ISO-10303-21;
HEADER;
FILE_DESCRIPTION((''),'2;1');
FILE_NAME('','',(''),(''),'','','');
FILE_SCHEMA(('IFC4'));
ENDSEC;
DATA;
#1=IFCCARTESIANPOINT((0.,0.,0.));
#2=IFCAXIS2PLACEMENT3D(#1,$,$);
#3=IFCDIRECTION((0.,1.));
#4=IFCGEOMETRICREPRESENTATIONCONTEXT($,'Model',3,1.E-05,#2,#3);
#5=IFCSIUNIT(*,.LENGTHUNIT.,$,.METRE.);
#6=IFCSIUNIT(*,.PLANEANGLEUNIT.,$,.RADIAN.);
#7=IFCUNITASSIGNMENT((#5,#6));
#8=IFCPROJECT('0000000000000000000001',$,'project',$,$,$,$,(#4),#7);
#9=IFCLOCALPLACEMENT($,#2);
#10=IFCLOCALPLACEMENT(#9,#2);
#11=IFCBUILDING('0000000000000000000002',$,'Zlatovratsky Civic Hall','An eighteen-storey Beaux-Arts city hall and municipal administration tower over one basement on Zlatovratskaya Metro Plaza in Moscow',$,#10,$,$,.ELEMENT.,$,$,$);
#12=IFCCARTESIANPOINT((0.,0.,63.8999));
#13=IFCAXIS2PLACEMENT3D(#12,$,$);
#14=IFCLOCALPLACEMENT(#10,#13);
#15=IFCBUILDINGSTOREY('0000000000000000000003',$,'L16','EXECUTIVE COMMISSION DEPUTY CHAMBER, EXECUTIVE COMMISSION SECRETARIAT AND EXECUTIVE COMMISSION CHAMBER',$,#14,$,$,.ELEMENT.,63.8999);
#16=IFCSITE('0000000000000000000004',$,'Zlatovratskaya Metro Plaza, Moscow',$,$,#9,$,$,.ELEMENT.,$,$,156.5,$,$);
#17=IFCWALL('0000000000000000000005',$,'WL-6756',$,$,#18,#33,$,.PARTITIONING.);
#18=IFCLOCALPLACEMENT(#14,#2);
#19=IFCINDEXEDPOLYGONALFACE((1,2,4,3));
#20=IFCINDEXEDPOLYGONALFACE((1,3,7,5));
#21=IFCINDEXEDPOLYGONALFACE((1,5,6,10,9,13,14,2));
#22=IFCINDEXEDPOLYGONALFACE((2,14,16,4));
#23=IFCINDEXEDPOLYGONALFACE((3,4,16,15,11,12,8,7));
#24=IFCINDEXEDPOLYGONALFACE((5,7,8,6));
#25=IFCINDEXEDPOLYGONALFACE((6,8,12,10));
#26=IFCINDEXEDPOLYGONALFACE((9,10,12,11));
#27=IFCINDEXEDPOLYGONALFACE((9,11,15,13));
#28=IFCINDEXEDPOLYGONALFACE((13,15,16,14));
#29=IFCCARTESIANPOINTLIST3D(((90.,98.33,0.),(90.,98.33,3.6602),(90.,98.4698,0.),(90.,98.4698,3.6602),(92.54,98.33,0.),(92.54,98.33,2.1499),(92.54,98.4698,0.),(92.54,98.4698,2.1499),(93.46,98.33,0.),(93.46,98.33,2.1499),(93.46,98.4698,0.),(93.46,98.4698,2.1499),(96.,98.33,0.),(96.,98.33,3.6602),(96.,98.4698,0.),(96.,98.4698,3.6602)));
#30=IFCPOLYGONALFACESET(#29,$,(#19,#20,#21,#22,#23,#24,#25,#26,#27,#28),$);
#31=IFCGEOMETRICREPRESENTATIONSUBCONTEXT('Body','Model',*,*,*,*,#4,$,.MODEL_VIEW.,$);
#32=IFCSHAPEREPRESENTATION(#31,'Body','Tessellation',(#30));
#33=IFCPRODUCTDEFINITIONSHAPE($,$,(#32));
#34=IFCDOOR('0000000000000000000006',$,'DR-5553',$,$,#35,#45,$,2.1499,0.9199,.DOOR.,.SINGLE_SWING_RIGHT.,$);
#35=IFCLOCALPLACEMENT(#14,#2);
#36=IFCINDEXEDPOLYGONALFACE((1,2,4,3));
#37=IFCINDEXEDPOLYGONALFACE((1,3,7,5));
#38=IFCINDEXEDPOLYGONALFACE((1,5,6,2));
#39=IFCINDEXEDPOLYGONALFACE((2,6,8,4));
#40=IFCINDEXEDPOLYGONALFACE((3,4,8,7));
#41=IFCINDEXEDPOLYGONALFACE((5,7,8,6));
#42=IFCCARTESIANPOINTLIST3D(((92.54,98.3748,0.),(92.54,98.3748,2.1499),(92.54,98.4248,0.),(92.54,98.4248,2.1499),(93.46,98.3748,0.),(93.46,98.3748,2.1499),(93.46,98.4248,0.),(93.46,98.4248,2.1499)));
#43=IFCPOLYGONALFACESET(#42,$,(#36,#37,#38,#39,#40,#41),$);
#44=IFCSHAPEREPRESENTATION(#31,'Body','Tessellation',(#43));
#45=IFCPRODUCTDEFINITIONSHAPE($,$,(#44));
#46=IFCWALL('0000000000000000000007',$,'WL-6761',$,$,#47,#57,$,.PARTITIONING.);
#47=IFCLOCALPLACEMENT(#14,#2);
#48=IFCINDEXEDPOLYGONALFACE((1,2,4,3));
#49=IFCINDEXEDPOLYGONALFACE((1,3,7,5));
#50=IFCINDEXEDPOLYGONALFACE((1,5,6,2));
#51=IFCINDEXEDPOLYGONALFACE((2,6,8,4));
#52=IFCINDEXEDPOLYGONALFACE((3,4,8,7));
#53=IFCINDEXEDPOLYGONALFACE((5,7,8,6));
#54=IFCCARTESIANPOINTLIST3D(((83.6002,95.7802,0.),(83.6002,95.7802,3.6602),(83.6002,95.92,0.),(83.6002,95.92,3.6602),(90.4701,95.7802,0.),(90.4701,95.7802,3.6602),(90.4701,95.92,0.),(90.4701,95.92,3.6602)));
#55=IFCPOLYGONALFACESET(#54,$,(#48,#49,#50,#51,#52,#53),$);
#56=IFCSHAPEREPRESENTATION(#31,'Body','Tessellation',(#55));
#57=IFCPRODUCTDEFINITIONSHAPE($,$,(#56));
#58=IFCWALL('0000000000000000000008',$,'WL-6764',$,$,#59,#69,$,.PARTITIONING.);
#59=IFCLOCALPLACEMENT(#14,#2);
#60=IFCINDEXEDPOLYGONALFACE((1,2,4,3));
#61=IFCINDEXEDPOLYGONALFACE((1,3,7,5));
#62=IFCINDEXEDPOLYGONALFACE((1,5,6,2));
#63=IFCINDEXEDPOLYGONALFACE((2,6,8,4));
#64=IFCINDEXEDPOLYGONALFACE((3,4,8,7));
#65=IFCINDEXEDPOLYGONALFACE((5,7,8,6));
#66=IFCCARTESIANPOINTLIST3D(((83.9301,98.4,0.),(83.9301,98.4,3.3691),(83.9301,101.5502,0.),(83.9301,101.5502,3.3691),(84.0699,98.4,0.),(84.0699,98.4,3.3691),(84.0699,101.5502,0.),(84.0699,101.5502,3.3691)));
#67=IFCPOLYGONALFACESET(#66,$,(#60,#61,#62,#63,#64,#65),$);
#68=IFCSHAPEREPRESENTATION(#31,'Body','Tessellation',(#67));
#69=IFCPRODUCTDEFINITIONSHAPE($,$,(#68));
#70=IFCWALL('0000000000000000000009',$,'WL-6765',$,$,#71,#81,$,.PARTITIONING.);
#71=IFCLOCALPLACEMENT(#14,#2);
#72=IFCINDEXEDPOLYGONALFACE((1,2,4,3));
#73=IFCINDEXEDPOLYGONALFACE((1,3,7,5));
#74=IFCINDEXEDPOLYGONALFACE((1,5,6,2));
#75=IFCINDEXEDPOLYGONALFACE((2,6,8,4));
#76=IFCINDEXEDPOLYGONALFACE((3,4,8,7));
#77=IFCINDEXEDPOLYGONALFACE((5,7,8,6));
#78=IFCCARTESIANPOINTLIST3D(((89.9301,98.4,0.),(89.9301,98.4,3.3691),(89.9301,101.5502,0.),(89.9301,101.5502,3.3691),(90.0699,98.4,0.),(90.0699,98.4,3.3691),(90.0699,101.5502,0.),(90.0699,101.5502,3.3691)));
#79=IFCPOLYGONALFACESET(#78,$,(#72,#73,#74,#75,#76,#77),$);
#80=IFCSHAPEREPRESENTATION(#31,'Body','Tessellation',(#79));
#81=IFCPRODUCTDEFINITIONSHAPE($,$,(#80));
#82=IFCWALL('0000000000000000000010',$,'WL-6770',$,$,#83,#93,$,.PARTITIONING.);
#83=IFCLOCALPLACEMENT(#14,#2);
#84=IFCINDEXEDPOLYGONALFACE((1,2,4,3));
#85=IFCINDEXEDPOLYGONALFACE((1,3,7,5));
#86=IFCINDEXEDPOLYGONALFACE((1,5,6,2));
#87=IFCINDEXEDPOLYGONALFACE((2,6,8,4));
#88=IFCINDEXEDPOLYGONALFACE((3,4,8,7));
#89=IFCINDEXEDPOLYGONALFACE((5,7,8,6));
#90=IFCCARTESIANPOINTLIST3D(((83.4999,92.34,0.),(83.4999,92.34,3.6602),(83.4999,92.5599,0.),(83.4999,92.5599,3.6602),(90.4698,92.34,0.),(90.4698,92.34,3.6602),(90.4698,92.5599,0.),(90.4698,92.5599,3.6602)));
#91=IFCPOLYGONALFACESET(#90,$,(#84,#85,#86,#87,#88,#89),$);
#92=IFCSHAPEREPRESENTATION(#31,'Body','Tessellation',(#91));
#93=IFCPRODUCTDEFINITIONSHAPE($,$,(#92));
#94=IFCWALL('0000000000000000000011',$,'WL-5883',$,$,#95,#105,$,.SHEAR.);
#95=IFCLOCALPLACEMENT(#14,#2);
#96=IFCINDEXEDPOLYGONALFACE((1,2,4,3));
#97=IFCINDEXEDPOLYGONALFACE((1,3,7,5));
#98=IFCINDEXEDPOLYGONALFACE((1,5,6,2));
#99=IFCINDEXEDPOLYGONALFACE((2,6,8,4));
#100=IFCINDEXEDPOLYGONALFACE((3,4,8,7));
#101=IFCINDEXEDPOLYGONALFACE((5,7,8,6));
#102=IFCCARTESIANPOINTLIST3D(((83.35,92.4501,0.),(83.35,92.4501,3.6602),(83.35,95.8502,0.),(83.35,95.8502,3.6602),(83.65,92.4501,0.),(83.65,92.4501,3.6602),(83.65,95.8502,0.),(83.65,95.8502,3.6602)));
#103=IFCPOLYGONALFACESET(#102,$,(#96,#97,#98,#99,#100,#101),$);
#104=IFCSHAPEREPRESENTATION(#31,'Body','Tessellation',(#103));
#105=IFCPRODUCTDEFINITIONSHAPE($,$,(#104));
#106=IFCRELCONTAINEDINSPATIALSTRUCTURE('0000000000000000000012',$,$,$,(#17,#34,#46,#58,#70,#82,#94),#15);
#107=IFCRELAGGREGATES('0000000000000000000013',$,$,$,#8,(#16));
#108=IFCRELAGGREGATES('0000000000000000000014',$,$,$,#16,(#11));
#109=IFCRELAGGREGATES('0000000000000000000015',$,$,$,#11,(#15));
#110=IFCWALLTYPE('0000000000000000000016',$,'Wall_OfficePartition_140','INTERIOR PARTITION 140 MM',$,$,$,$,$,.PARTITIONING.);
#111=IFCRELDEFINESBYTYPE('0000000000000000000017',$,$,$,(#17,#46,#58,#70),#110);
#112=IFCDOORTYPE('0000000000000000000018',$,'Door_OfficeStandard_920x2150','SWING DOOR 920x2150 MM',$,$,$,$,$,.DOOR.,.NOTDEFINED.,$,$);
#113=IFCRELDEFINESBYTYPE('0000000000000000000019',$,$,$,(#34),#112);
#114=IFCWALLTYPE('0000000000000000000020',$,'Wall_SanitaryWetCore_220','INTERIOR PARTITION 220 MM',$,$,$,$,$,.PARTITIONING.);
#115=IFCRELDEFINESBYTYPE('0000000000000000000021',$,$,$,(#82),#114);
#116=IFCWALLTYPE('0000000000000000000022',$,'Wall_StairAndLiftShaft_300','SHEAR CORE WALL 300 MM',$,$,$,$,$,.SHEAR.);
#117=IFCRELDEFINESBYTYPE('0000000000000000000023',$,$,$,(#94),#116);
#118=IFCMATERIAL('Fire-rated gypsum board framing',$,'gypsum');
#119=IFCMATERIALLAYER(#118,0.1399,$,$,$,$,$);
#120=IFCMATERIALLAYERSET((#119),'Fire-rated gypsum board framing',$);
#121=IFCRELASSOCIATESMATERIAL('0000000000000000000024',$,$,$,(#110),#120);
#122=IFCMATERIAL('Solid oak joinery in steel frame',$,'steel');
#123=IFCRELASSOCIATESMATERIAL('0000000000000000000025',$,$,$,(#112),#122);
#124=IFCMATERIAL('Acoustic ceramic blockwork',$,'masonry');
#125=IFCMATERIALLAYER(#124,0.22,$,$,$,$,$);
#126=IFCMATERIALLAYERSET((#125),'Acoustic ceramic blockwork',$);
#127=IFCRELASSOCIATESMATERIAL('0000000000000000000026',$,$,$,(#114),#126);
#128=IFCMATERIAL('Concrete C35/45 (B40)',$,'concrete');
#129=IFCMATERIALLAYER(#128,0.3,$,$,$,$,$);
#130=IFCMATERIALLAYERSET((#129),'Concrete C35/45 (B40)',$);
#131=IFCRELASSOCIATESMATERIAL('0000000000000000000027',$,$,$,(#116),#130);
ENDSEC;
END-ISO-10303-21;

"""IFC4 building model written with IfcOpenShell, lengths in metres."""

from ifc_helpers import new_model, si_unit, direction, frame, frame_2d, origin, place, context, subcontext, project, spatial, rectangle, extrude, material, layer, layer_set, type_object, element, fill, save


model = new_model("IFC4")

# Units and contexts
model_context = context("Model", 3, precision=1e-05, world=origin(), true_north=direction((0.0, 1.0)))
body_context = subcontext(model_context, "Body", "Model", "MODEL_VIEW")
ifc_project = project(units=[si_unit("LENGTHUNIT", "METRE"), si_unit("PLANEANGLEUNIT", "RADIAN")], contexts=[model_context])

# Site, building, storey
site_placement = place(None, origin())
site = spatial("IfcSite", under=ifc_project, at=site_placement, Name="Zlatovratskaya Metro Plaza, Moscow", CompositionType="ELEMENT", RefElevation=156.5)
building_placement = place(site_placement, origin())
building = spatial("IfcBuilding", under=site, at=building_placement, Name="Zlatovratsky Civic Hall", Description="An eighteen-storey Beaux-Arts city hall and municipal administration tower over one basement on Zlatovratskaya Metro Plaza in Moscow", CompositionType="ELEMENT")
storey_placement = place(building_placement, frame((0.0, 0.0, 63.8999)))
storey = spatial("IfcBuildingStorey", under=building, at=storey_placement, Name="L16", Description="EXECUTIVE COMMISSION DEPUTY CHAMBER, EXECUTIVE COMMISSION SECRETARIAT AND EXECUTIVE COMMISSION CHAMBER", CompositionType="ELEMENT", Elevation=63.8999)

# Shared definitions
ifc_material_1 = material(Name="Concrete C35/45 (B40)", Category="concrete")

# Wall, opening, door
ifc_material_2 = material(Name="Fire-rated gypsum board framing", Category="gypsum")
ifc_layer_1 = layer(ifc_material_2, 0.1399)
ifc_layer_set_1 = layer_set([ifc_layer_1], Name="Fire-rated gypsum board framing")
wall_type_1 = type_object("IfcWallType", Name="Wall_OfficePartition_140", Description="INTERIOR PARTITION 140 MM", PredefinedType="PARTITIONING", material=ifc_layer_set_1)
ifc_material_3 = material(Name="Solid oak joinery in steel frame", Category="steel")
door_type = type_object("IfcDoorType", Name="Door_OfficeStandard_920x2150", Description="SWING DOOR 920x2150 MM", OperationType="NOTDEFINED", PredefinedType="DOOR", material=ifc_material_3)
wall_1_placement = place(storey_placement, frame((90.0, 98.3999, 0.0), z_axis=(0.0, 0.0, 1.0), x_axis=(1.0, 0.0, 0.0)))
wall_1 = element("IfcWall", 1, at=wall_1_placement, inside=storey, type_object=wall_type_1, Name="WL-6756", PredefinedType="PARTITIONING", context=body_context, shape_type="SweptSolid", body=[
    extrude(rectangle(XDim=6.0, YDim=0.1399, at=frame_2d((3.0, 0.0))), origin(), (0.0, 0.0, 1.0), 3.6602),
])
opening_1_placement = place(wall_1_placement, frame((2.54, 0.0, 0.0)))
opening_1 = element("IfcOpeningElement", 2, at=opening_1_placement, cuts=wall_1, PredefinedType="OPENING", context=body_context, shape_type="SweptSolid", body=[
    extrude(rectangle(XDim=0.9199, YDim=2.1499, at=frame_2d((0.46, 1.075))), frame((0.0, 0.085, 0.0), z_axis=(0.0, -1.0, 0.0), x_axis=(1.0, 0.0, 0.0)), (0.0, 0.0, 1.0), 0.1697),
])
door_1_placement = place(opening_1_placement, origin())
door_1 = element("IfcDoor", 3, at=door_1_placement, inside=storey, type_object=door_type, Name="DR-5553", OperationType="SINGLE_SWING_RIGHT", OverallHeight=2.1499, OverallWidth=0.9199, PredefinedType="DOOR", context=body_context, shape_type="SweptSolid", body=[
    extrude(rectangle(XDim=0.9199, YDim=2.1499, at=frame_2d((0.46, 1.075))), frame((0.0, 0.0249, 0.0), z_axis=(0.0, -1.0, 0.0), x_axis=(1.0, 0.0, 0.0)), (0.0, 0.0, 1.0), 0.05),
])
fill(opening_1, door_1)

# Walls
wall_2_placement = place(storey_placement, frame((83.6001, 95.8501, 0.0), z_axis=(0.0, 0.0, 1.0), x_axis=(1.0, 0.0, 0.0)))
element("IfcWall", 4, at=wall_2_placement, inside=storey, type_object=wall_type_1, Name="WL-6761", PredefinedType="PARTITIONING", context=body_context, shape_type="SweptSolid", body=[
    extrude(rectangle(XDim=6.8699, YDim=0.1399, at=frame_2d((3.4351, 0.0))), origin(), (0.0, 0.0, 1.0), 3.6602),
])
for number, where, z_axis, x_axis, name in (
    (5, (84.0, 98.3999, 0.0), (0.0, 0.0, 1.0), (0.0, 1.0, 0.0), "WL-6764"),
    (6, (90.0, 98.3999, 0.0), (0.0, 0.0, 1.0), (0.0, 1.0, 0.0), "WL-6765"),
):
    element("IfcWall", number, at=place(storey_placement, frame(where, z_axis=z_axis, x_axis=x_axis)), inside=storey, type_object=wall_type_1, Name=name, PredefinedType="PARTITIONING", context=body_context, shape_type="SweptSolid", body=[
        extrude(rectangle(XDim=3.1501, YDim=0.1399, at=frame_2d((1.5752, 0.0))), origin(), (0.0, 0.0, 1.0), 3.3691),
    ])
ifc_material_4 = material(Name="Acoustic ceramic blockwork", Category="masonry")
ifc_layer_2 = layer(ifc_material_4, 0.22)
ifc_layer_set_2 = layer_set([ifc_layer_2], Name="Acoustic ceramic blockwork")
wall_type_2 = type_object("IfcWallType", Name="Wall_SanitaryWetCore_220", Description="INTERIOR PARTITION 220 MM", PredefinedType="PARTITIONING", material=ifc_layer_set_2)
wall_3_placement = place(storey_placement, frame((83.5, 92.45, 0.0), z_axis=(0.0, 0.0, 1.0), x_axis=(1.0, 0.0, 0.0)))
element("IfcWall", 7, at=wall_3_placement, inside=storey, type_object=wall_type_2, Name="WL-6770", PredefinedType="PARTITIONING", context=body_context, shape_type="SweptSolid", body=[
    extrude(rectangle(XDim=6.97, YDim=0.22, at=frame_2d((3.4849, 0.0))), origin(), (0.0, 0.0, 1.0), 3.6602),
])
ifc_layer_3 = layer(ifc_material_1, 0.3)
ifc_layer_set_3 = layer_set([ifc_layer_3], Name="Concrete C35/45 (B40)")
wall_type_3 = type_object("IfcWallType", Name="Wall_StairAndLiftShaft_300", Description="SHEAR CORE WALL 300 MM", PredefinedType="SHEAR", material=ifc_layer_set_3)
wall_4_placement = place(storey_placement, frame((83.5, 92.45, 0.0), z_axis=(0.0, 0.0, 1.0), x_axis=(0.0, 1.0, 0.0)))
element("IfcWall", 8, at=wall_4_placement, inside=storey, type_object=wall_type_3, Name="WL-5883", PredefinedType="SHEAR", context=body_context, shape_type="SweptSolid", body=[
    extrude(rectangle(XDim=3.4001, YDim=0.3, at=frame_2d((1.7002, 0.0))), origin(), (0.0, 0.0, 1.0), 3.6602),
])

save(model, "model.ifc")
